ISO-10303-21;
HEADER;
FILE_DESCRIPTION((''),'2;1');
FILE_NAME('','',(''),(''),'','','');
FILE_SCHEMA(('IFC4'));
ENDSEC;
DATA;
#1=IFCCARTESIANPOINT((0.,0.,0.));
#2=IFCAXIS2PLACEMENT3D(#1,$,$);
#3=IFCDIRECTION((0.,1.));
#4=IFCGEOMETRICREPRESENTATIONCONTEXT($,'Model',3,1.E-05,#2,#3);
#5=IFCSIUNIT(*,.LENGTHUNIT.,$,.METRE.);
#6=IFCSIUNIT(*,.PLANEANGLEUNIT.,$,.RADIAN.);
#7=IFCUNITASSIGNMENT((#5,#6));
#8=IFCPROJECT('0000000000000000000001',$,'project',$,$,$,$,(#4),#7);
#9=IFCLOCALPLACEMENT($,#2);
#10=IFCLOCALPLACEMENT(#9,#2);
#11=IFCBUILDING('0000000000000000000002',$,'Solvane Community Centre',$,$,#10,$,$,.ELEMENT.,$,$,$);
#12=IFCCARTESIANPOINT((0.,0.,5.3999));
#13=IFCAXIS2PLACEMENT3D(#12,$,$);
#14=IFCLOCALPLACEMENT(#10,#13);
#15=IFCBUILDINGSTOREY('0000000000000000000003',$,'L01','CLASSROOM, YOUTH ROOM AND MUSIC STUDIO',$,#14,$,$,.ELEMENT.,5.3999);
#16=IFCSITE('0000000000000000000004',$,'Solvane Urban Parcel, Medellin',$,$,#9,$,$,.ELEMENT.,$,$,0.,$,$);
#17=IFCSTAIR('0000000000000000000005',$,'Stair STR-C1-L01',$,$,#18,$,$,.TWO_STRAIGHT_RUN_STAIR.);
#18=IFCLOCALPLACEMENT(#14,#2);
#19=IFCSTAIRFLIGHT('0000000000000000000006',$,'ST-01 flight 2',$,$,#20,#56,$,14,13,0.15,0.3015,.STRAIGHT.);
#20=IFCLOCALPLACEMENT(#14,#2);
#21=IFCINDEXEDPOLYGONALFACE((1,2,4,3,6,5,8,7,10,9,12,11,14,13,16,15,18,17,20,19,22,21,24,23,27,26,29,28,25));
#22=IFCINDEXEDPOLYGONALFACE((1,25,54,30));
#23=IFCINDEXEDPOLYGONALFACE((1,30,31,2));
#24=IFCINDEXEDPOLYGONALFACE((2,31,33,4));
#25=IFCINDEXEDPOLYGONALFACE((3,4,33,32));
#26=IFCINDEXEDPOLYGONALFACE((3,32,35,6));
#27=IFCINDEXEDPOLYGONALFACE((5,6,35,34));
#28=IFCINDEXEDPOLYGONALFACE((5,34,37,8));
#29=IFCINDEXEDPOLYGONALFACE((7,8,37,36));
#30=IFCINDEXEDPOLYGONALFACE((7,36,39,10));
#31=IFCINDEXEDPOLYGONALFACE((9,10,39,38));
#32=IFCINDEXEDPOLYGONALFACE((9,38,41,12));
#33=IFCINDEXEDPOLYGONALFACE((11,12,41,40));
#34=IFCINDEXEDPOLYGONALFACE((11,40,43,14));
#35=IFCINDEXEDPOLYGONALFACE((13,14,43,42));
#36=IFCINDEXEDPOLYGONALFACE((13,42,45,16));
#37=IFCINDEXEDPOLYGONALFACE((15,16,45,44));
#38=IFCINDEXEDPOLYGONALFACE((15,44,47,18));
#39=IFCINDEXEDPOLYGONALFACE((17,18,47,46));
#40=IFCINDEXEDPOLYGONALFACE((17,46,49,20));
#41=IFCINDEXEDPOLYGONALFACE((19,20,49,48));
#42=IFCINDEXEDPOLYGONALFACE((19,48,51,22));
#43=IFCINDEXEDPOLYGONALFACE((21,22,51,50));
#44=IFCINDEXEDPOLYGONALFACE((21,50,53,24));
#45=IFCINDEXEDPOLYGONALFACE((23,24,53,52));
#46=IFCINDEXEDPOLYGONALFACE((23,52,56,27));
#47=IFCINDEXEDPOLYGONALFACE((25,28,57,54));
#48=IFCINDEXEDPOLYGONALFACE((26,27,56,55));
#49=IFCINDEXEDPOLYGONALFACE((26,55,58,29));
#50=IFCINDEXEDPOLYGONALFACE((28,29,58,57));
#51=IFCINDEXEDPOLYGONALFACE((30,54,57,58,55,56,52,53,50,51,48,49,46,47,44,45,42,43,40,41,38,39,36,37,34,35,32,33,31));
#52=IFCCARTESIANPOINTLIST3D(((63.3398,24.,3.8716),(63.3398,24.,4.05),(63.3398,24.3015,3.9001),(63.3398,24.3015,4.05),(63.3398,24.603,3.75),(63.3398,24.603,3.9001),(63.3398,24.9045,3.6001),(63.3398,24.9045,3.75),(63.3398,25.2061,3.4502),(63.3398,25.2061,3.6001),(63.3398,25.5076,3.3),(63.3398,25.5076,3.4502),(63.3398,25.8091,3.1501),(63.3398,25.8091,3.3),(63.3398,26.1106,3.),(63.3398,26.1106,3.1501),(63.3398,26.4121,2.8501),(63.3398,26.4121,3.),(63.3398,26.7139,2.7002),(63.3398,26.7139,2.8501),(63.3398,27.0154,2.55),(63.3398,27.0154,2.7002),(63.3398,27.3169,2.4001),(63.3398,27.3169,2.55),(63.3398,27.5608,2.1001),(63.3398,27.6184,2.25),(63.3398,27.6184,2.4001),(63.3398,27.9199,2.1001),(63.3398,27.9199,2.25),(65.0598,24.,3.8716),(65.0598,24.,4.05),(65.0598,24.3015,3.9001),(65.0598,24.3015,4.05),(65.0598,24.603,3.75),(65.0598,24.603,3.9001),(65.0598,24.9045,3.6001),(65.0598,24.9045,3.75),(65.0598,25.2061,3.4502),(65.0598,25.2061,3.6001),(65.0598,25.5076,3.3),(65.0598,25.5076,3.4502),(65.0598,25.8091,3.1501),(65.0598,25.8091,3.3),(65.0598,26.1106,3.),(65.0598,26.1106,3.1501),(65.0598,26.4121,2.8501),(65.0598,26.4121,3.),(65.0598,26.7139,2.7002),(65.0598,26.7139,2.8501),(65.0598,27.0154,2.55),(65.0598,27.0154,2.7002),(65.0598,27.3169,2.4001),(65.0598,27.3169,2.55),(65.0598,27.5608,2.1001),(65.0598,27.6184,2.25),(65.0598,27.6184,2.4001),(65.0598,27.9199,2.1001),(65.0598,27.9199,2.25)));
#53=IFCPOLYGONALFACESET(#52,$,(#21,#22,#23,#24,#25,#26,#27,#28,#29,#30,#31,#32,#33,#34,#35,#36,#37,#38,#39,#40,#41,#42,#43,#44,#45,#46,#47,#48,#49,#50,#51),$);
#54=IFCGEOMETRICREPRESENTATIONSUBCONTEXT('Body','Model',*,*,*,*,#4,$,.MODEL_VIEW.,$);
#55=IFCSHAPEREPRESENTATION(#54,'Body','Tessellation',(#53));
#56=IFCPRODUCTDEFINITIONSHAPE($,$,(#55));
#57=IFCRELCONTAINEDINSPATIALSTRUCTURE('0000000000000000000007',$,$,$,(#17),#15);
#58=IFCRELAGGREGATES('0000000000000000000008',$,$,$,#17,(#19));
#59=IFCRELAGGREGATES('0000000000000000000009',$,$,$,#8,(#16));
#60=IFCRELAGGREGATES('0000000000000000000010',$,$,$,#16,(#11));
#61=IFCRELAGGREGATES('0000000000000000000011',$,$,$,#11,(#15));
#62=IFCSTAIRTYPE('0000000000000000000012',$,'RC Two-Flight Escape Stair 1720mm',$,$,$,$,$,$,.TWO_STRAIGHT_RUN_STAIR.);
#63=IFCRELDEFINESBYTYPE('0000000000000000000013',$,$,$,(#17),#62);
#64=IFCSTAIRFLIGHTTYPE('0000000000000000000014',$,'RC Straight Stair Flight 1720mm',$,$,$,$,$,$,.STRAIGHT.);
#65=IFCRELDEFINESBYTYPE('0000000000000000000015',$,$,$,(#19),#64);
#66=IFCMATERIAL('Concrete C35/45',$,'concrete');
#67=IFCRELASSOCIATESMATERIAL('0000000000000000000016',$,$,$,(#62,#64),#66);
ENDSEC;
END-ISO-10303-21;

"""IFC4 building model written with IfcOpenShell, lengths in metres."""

from ifc_helpers import new_model, si_unit, direction, frame, origin, place, context, subcontext, project, spatial, polyline, outline, extrude, material, type_object, element, aggregate, save


model = new_model("IFC4")

# Units and contexts
model_context = context("Model", 3, precision=1e-05, world=origin(), true_north=direction((0.0, 1.0)))
body_context = subcontext(model_context, "Body", "Model", "MODEL_VIEW")
ifc_project = project(units=[si_unit("LENGTHUNIT", "METRE"), si_unit("PLANEANGLEUNIT", "RADIAN")], contexts=[model_context])

# Site, building, storey
site_placement = place(None, origin())
site = spatial("IfcSite", under=ifc_project, at=site_placement, Name="Solvane Urban Parcel, Medellin", CompositionType="ELEMENT", RefElevation=0.0)
building_placement = place(site_placement, origin())
building = spatial("IfcBuilding", under=site, at=building_placement, Name="Solvane Community Centre", CompositionType="ELEMENT")
storey_placement = place(building_placement, frame((0.0, 0.0, 5.3999)))
storey = spatial("IfcBuildingStorey", under=building, at=storey_placement, Name="L01", Description="CLASSROOM, YOUTH ROOM AND MUSIC STUDIO", CompositionType="ELEMENT", Elevation=5.3999)

# Shared definitions
ifc_material_1 = material(Name="Concrete C35/45", Category="concrete")

# Stair, stair flight
stair_type = type_object("IfcStairType", Name="RC Two-Flight Escape Stair 1720mm", PredefinedType="TWO_STRAIGHT_RUN_STAIR", material=ifc_material_1)
stair_placement = place(storey_placement, origin())
stair = element("IfcStair", 1, at=stair_placement, inside=storey, type_object=stair_type, Name="Stair STR-C1-L01", PredefinedType="TWO_STRAIGHT_RUN_STAIR")
stair_flight_type = type_object("IfcStairFlightType", Name="RC Straight Stair Flight 1720mm", PredefinedType="STRAIGHT", material=ifc_material_1)
stair_flight_1_placement = place(storey_placement, frame((64.2, 27.9199, 2.1001), z_axis=(0.0, 0.0, 1.0), x_axis=(0.0, -1.0, 0.0)))
stair_flight_1 = element("IfcStairFlight", 2, at=stair_flight_1_placement, type_object=stair_flight_type, Name="ST-01 flight 2", NumberOfRisers=14, NumberOfTreads=13, PredefinedType="STRAIGHT", RiserHeight=0.15, TreadLength=0.3015, context=body_context, shape_type="SweptSolid", body=[
    extrude(outline(polyline([(0.0, 0.0), (0.0, 0.1499), (0.3015, 0.1499), (0.3015, 0.3), (0.603, 0.3), (0.603, 0.45), (0.9045, 0.45), (0.9045, 0.6001), (1.2061, 0.6001), (1.2061, 0.75), (1.5078, 0.75), (1.5078, 0.8999), (1.8093, 0.8999), (1.8093, 1.05), (2.1108, 1.05), (2.1108, 1.2), (2.4124, 1.2), (2.4124, 1.3501), (2.7139, 1.3501), (2.7139, 1.5), (3.0154, 1.5), (3.0154, 1.6499), (3.3169, 1.6499), (3.3169, 1.8), (3.6184, 1.8), (3.6184, 1.95), (3.9199, 1.95), (3.9199, 2.1001), (3.9199, 1.7715), (0.3591, 0.0), (0.0, 0.0)])), frame((0.0, 0.8599, 0.0), z_axis=(0.0, -1.0, 0.0), x_axis=(1.0, 0.0, 0.0)), (0.0, 0.0, 1.0), 1.72),
])
aggregate(stair, [stair_flight_1])

save(model, "model.ifc")
